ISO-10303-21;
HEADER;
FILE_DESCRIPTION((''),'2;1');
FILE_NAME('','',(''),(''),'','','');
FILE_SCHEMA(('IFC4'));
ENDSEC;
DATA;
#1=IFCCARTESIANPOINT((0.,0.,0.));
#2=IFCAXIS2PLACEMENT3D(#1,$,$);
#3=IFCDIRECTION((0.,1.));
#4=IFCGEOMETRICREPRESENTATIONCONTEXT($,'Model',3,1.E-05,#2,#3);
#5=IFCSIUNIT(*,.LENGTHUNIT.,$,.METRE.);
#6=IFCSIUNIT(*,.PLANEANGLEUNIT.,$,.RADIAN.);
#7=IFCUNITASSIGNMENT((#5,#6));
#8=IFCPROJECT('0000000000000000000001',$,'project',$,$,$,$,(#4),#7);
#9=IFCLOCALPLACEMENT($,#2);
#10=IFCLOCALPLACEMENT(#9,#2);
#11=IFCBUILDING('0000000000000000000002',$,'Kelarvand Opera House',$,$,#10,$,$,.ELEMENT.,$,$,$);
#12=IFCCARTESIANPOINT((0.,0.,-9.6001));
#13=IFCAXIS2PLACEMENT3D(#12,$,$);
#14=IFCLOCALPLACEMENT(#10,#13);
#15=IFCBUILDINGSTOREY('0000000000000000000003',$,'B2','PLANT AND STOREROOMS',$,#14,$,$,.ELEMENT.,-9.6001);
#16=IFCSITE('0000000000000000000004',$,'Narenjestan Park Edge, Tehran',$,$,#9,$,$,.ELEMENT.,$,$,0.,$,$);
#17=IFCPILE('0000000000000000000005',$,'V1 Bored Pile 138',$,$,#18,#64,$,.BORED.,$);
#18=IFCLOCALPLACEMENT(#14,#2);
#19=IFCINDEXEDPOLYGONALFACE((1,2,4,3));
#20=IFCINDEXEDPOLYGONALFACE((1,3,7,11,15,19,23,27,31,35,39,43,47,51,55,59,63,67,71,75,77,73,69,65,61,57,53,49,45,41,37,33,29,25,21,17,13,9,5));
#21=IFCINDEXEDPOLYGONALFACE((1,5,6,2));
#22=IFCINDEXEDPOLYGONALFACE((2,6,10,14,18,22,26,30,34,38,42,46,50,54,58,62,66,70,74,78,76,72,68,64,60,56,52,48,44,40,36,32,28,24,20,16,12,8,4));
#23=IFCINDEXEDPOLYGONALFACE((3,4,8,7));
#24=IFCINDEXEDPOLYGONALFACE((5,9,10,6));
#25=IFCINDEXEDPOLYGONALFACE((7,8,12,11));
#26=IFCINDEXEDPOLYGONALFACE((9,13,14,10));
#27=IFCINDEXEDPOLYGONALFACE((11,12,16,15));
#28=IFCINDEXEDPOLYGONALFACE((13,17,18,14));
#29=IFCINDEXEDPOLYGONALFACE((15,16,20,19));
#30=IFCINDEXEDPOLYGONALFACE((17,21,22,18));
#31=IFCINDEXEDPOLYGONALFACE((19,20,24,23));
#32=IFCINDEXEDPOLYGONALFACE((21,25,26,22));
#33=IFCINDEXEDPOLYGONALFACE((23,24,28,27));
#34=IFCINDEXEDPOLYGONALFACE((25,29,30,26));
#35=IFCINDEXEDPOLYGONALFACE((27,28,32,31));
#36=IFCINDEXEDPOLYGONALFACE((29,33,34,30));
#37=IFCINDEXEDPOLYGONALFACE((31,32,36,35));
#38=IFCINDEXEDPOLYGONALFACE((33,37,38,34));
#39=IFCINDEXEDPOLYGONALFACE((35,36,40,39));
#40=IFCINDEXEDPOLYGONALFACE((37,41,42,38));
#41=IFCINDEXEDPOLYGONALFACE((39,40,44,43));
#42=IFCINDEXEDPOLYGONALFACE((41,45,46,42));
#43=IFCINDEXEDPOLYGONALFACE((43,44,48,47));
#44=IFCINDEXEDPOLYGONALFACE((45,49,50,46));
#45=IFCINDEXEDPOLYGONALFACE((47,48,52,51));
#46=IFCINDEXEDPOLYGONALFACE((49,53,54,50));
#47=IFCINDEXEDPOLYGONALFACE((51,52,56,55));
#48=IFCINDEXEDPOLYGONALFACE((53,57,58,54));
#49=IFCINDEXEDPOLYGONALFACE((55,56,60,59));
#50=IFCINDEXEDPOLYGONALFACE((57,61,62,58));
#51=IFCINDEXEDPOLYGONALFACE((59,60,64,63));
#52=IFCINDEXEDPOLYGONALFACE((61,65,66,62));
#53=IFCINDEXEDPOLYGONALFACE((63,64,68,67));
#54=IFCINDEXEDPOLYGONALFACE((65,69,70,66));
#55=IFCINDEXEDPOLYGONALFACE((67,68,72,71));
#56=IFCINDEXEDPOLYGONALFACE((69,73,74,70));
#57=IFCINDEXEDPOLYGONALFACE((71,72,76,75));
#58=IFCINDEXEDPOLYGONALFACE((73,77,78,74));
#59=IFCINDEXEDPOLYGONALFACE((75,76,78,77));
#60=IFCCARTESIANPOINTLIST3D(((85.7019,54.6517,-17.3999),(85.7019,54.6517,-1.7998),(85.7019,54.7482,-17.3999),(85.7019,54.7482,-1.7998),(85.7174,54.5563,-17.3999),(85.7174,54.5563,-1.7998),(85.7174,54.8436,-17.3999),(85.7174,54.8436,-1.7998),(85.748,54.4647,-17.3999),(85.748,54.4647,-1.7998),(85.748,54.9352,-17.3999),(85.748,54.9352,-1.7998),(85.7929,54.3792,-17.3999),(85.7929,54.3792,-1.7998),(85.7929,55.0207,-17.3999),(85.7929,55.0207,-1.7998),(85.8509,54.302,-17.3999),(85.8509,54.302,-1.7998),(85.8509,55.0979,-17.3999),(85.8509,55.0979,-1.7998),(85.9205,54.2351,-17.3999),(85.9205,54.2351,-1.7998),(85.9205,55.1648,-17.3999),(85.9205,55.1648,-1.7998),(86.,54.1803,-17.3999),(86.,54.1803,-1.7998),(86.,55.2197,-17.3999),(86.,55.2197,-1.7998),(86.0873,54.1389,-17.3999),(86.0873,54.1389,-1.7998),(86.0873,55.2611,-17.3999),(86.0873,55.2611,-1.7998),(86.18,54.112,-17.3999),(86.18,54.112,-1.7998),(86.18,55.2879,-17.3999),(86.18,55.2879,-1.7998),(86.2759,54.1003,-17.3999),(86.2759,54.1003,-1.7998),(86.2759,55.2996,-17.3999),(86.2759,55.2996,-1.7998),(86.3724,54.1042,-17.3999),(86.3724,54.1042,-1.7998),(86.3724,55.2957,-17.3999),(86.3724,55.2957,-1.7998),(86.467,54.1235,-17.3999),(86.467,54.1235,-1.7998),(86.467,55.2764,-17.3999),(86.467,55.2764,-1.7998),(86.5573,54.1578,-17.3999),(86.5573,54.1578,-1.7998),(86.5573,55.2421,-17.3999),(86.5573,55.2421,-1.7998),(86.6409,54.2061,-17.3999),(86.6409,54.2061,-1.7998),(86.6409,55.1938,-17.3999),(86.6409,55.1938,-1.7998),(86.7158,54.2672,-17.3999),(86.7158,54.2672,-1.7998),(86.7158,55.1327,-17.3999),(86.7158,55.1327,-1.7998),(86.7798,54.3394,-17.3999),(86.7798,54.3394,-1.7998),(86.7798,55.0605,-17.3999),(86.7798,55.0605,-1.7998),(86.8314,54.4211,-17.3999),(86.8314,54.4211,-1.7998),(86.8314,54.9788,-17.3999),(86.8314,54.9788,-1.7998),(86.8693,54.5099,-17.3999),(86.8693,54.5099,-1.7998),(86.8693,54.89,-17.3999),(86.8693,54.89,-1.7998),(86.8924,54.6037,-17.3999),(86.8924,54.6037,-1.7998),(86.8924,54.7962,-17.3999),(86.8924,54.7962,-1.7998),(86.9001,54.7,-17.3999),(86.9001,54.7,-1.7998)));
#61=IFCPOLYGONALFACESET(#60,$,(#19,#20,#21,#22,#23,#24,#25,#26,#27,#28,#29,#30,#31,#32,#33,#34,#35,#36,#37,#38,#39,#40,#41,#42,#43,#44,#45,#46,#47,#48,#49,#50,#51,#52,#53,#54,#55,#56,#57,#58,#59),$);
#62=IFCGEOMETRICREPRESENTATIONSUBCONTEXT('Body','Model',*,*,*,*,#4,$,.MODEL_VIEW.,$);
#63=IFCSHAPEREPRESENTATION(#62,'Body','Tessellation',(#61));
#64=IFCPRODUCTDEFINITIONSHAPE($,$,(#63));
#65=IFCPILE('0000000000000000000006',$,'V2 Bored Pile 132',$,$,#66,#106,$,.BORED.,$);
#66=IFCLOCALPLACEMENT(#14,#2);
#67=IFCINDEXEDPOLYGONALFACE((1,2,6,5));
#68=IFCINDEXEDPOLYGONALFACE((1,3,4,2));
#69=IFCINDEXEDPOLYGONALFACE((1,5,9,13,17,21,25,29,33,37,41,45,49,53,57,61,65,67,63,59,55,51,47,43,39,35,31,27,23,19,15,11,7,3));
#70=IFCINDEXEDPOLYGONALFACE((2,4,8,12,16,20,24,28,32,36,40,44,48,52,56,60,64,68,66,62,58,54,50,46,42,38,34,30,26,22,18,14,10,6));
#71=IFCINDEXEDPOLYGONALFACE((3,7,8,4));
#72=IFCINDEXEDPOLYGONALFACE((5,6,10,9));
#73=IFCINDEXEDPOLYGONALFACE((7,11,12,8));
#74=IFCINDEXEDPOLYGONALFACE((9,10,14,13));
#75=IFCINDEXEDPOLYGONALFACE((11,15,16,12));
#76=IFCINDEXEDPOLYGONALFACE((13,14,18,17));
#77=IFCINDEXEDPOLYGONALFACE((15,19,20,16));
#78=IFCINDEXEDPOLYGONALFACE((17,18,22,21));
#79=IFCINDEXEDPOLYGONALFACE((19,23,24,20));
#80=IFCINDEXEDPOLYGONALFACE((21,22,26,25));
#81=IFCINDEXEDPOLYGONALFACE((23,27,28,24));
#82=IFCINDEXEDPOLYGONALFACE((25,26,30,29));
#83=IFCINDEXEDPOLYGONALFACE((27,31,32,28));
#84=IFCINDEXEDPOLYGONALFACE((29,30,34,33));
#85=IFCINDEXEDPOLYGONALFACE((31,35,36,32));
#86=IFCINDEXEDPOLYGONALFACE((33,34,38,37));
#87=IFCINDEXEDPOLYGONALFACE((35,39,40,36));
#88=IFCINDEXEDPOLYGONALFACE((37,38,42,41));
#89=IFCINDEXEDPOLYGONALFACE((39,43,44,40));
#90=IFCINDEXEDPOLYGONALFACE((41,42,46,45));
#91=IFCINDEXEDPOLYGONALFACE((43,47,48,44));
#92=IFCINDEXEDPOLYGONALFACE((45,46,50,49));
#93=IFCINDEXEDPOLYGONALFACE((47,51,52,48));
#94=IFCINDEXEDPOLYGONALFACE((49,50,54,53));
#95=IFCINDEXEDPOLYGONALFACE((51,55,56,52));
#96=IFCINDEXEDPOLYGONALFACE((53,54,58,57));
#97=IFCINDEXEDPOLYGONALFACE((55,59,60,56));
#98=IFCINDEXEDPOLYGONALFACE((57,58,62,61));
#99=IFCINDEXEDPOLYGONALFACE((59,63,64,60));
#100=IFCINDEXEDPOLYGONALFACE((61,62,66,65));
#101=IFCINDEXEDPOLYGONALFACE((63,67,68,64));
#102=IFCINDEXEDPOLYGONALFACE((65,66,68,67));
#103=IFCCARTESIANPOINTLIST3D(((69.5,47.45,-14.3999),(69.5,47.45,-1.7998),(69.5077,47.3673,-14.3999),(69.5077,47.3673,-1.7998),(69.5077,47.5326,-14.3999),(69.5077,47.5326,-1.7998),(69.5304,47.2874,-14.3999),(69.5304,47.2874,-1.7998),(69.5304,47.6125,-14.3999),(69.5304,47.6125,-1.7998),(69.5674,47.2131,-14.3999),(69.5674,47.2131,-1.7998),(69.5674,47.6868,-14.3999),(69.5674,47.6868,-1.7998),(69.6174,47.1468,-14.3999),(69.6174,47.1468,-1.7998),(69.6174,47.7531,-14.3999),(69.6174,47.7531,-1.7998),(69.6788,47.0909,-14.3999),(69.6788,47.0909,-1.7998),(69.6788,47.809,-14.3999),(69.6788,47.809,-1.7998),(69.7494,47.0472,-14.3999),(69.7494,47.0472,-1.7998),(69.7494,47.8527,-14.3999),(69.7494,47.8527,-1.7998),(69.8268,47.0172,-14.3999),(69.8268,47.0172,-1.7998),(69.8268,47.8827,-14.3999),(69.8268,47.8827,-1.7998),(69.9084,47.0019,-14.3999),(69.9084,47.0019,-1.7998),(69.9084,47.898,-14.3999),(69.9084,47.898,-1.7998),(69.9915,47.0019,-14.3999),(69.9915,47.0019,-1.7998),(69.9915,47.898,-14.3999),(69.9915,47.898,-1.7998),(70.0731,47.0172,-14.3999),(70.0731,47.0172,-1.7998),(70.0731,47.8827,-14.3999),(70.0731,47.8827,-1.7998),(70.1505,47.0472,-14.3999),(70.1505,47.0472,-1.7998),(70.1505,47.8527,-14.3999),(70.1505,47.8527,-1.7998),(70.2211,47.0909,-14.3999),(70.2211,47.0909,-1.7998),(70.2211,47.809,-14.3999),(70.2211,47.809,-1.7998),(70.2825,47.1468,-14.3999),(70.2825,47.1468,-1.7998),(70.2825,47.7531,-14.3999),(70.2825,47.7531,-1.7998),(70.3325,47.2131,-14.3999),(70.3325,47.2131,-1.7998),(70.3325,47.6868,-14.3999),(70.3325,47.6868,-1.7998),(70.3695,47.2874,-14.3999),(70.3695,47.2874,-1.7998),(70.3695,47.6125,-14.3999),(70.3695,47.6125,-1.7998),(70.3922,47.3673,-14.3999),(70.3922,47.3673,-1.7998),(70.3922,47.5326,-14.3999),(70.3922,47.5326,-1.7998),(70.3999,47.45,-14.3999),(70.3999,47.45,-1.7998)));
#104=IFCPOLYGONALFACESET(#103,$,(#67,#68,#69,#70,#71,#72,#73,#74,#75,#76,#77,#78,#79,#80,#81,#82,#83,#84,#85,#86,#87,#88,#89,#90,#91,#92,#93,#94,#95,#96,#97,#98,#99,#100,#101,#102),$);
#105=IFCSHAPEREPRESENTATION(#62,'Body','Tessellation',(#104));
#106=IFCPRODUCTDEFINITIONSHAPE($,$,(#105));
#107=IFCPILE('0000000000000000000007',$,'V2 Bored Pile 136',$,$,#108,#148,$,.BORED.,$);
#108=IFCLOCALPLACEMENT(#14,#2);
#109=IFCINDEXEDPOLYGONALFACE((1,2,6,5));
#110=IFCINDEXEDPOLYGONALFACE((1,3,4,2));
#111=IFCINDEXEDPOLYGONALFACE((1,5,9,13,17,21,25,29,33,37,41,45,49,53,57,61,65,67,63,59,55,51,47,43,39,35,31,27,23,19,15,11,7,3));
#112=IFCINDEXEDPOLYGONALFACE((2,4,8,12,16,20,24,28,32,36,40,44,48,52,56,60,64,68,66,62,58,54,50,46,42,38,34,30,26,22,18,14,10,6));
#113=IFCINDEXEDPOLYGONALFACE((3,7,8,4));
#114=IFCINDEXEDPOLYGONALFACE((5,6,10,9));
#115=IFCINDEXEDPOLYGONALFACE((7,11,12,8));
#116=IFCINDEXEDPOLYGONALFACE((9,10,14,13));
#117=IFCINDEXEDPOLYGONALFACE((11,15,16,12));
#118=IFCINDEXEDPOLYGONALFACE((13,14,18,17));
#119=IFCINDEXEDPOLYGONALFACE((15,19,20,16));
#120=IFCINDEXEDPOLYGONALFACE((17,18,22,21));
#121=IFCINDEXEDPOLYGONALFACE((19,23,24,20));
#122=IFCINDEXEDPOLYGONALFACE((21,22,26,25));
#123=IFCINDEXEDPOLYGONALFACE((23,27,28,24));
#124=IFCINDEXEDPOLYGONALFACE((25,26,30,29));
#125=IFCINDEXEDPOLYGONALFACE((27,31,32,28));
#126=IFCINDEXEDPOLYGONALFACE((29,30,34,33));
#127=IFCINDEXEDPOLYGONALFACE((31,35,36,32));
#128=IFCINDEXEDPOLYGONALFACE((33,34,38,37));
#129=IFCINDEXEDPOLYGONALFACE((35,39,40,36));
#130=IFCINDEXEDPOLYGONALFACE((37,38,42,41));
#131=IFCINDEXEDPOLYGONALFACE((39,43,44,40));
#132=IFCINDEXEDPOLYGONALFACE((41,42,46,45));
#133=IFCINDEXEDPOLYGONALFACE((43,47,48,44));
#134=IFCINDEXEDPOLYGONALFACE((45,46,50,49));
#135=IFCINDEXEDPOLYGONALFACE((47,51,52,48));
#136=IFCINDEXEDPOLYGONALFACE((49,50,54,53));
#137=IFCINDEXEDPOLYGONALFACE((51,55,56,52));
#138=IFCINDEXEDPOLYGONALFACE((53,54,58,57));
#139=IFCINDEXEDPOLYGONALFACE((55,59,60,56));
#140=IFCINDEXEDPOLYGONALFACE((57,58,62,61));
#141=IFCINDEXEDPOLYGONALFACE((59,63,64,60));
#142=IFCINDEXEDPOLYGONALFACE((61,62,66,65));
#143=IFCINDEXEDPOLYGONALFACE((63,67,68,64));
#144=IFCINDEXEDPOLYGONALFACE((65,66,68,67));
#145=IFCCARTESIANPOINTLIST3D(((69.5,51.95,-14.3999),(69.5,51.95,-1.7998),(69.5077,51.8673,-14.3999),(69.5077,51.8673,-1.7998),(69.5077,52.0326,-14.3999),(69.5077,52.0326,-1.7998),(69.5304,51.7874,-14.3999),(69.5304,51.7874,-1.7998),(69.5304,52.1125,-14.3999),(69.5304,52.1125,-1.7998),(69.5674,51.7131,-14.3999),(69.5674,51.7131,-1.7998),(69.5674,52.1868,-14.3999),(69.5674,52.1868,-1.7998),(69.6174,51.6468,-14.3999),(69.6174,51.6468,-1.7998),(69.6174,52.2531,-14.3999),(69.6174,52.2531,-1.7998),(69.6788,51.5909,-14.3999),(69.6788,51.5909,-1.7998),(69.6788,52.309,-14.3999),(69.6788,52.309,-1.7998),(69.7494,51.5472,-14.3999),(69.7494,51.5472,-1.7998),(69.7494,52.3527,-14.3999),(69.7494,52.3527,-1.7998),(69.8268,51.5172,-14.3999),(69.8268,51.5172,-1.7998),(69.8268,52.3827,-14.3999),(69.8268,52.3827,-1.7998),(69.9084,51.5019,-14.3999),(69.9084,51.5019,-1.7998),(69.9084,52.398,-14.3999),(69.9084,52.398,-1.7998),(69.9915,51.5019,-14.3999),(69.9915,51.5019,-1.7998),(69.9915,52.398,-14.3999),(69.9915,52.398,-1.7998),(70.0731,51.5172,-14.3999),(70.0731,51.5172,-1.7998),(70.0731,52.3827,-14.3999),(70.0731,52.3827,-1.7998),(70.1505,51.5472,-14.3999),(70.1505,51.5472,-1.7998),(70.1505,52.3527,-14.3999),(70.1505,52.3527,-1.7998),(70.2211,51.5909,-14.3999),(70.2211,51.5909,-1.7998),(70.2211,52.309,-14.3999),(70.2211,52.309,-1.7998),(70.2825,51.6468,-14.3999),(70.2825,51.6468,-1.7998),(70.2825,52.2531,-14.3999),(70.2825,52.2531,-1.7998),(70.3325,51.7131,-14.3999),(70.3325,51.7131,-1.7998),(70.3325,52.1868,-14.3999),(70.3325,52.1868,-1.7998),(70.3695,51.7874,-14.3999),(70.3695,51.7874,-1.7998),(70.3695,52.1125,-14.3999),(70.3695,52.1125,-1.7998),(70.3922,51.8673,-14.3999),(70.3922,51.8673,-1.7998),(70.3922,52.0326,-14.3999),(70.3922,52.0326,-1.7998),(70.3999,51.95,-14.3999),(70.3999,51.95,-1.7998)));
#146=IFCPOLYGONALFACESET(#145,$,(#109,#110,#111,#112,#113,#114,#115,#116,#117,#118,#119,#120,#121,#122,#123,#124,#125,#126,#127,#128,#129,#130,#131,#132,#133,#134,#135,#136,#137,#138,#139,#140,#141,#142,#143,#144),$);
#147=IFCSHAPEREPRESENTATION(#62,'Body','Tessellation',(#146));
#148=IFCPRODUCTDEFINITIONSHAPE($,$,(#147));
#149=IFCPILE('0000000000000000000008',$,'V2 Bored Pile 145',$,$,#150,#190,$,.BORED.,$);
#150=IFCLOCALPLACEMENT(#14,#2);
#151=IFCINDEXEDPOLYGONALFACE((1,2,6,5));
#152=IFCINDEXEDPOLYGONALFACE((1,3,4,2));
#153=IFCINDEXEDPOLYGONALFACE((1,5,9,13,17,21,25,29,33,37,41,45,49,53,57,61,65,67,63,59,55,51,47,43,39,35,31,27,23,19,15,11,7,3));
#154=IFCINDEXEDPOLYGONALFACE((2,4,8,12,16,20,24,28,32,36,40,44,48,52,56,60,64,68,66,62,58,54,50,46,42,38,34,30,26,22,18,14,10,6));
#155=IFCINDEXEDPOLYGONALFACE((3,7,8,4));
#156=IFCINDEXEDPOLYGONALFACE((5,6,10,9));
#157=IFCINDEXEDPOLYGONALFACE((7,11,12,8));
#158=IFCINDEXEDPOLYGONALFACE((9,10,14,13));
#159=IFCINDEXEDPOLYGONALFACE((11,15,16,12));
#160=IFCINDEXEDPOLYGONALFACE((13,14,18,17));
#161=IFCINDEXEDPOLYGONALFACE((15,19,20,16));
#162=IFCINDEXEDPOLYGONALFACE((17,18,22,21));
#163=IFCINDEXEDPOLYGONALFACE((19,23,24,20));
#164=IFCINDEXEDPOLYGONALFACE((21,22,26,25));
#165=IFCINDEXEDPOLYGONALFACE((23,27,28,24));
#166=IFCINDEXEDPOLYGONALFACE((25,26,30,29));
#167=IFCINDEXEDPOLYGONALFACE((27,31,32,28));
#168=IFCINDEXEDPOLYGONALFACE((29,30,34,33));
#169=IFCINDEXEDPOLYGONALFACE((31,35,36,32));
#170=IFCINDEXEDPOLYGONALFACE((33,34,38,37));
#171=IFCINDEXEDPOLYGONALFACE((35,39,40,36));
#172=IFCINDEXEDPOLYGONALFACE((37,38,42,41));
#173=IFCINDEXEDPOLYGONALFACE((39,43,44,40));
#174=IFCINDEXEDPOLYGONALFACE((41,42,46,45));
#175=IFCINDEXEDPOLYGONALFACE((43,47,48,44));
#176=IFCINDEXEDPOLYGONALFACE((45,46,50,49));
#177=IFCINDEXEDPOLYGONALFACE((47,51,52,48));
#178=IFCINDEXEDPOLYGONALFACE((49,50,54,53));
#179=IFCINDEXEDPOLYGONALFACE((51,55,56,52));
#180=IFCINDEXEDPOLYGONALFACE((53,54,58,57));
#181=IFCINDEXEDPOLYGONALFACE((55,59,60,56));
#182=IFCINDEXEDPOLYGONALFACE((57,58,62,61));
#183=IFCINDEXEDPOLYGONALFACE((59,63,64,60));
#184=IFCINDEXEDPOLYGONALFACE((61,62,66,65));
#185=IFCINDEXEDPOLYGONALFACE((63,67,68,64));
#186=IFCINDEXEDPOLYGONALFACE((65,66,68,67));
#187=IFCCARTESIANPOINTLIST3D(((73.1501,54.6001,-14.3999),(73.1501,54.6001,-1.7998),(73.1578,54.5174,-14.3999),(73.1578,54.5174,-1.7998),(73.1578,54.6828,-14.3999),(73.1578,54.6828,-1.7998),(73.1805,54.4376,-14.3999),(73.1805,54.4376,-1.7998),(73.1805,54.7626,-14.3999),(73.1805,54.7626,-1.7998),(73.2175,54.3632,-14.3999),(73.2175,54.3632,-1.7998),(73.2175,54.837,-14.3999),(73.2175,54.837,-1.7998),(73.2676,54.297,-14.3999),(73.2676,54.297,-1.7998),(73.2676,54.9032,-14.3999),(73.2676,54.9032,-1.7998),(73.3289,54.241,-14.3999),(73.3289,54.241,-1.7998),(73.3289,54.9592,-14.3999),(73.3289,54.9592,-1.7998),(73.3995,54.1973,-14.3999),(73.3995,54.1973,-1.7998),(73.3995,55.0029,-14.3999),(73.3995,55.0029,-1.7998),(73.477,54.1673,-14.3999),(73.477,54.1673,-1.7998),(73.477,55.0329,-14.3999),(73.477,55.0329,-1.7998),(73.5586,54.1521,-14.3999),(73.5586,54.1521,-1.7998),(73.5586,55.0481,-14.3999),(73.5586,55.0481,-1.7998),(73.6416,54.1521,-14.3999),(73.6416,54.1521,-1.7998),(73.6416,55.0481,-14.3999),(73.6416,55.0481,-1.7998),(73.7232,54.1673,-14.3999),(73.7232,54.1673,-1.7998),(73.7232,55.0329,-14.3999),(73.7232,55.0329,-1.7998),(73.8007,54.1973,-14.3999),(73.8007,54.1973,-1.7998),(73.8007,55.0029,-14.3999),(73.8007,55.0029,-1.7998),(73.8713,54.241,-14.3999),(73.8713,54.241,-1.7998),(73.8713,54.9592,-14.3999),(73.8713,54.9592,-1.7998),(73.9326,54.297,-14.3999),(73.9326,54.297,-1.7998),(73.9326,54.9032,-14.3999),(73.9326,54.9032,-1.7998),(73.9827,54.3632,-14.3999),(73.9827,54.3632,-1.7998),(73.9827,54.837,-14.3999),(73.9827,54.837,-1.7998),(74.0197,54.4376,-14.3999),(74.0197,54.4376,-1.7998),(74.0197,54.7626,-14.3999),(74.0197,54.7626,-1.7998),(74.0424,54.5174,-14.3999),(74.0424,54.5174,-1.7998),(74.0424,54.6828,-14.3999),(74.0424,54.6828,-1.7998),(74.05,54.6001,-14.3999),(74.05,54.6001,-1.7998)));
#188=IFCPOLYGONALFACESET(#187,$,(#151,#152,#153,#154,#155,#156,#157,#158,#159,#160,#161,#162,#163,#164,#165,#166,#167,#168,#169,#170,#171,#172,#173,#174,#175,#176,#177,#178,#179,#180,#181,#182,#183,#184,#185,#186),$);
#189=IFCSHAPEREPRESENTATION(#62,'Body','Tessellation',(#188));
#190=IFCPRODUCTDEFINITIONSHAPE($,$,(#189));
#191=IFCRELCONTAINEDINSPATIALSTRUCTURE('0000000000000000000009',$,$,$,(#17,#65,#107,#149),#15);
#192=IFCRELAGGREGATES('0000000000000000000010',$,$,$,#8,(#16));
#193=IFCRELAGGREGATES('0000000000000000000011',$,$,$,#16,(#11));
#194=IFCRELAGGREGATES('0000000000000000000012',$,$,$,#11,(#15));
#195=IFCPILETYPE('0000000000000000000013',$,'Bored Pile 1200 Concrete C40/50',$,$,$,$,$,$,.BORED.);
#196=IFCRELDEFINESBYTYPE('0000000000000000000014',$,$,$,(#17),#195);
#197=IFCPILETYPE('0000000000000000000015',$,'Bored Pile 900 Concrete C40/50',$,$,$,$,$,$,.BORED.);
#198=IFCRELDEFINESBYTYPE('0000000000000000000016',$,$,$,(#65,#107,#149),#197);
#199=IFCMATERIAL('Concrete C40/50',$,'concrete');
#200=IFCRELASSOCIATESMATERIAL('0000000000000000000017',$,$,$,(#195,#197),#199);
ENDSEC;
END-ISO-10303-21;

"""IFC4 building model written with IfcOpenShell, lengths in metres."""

from ifc_helpers import new_model, si_unit, direction, frame, origin, origin_2d, place, context, subcontext, project, spatial, circle, extrude, material, material_profile, profile_set, type_object, element, save


model = new_model("IFC4")

# Units and contexts
model_context = context("Model", 3, precision=1e-05, world=origin(), true_north=direction((0.0, 1.0)))
body_context = subcontext(model_context, "Body", "Model", "MODEL_VIEW")
ifc_project = project(units=[si_unit("LENGTHUNIT", "METRE"), si_unit("PLANEANGLEUNIT", "RADIAN")], contexts=[model_context])

# Site, building, storey
site_placement = place(None, origin())
site = spatial("IfcSite", under=ifc_project, at=site_placement, Name="Narenjestan Park Edge, Tehran", CompositionType="ELEMENT", RefElevation=0.0)
building_placement = place(site_placement, origin())
building = spatial("IfcBuilding", under=site, at=building_placement, Name="Kelarvand Opera House", CompositionType="ELEMENT")
storey_placement = place(building_placement, frame((0.0, 0.0, -9.6001)))
storey = spatial("IfcBuildingStorey", under=building, at=storey_placement, Name="B2", Description="PLANT AND STOREROOMS", CompositionType="ELEMENT", Elevation=-9.6001)

# Piles
ifc_material_1 = material(Name="Concrete C40/50", Category="concrete")
ifc_material_profile_1 = material_profile(ifc_material_1, circle(Radius=0.6001, at=origin_2d()), Name="BP 1200", Category="concrete")
ifc_profile_set_1 = profile_set([ifc_material_profile_1], Name="Concrete C40/50")
pile_type_1 = type_object("IfcPileType", Name="Bored Pile 1200 Concrete C40/50", PredefinedType="BORED", material=ifc_profile_set_1)
pile_placement = place(storey_placement, frame((86.3, 54.7, -1.7998), z_axis=(0.0, 0.0, -1.0), x_axis=(1.0, 0.0, 0.0)))
element("IfcPile", 1, at=pile_placement, inside=storey, type_object=pile_type_1, Name="V1 Bored Pile 138", PredefinedType="BORED", context=body_context, shape_type="SweptSolid", body=[
    extrude(circle(Radius=0.6001, at=origin_2d()), origin(), (0.0, 0.0, 1.0), 15.6001),
])
ifc_material_profile_2 = material_profile(ifc_material_1, circle(Radius=0.45, at=origin_2d()), Name="BP 900", Category="concrete")
ifc_profile_set_2 = profile_set([ifc_material_profile_2], Name="Concrete C40/50")
pile_type_2 = type_object("IfcPileType", Name="Bored Pile 900 Concrete C40/50", PredefinedType="BORED", material=ifc_profile_set_2)
for number, where, z_axis, x_axis, name in (
    (2, (69.95, 47.45, -1.7998), (0.0, 0.0, -1.0), (1.0, 0.0, 0.0), "V2 Bored Pile 132"),
    (3, (69.95, 51.95, -1.7998), (0.0, 0.0, -1.0), (1.0, 0.0, 0.0), "V2 Bored Pile 136"),
    (4, (73.6001, 54.6001, -1.7998), (0.0, 0.0, -1.0), (1.0, 0.0, 0.0), "V2 Bored Pile 145"),
):
    element("IfcPile", number, at=place(storey_placement, frame(where, z_axis=z_axis, x_axis=x_axis)), inside=storey, type_object=pile_type_2, Name=name, PredefinedType="BORED", context=body_context, shape_type="SweptSolid", body=[
        extrude(circle(Radius=0.45, at=origin_2d()), origin(), (0.0, 0.0, 1.0), 12.6001),
    ])

save(model, "model.ifc")
